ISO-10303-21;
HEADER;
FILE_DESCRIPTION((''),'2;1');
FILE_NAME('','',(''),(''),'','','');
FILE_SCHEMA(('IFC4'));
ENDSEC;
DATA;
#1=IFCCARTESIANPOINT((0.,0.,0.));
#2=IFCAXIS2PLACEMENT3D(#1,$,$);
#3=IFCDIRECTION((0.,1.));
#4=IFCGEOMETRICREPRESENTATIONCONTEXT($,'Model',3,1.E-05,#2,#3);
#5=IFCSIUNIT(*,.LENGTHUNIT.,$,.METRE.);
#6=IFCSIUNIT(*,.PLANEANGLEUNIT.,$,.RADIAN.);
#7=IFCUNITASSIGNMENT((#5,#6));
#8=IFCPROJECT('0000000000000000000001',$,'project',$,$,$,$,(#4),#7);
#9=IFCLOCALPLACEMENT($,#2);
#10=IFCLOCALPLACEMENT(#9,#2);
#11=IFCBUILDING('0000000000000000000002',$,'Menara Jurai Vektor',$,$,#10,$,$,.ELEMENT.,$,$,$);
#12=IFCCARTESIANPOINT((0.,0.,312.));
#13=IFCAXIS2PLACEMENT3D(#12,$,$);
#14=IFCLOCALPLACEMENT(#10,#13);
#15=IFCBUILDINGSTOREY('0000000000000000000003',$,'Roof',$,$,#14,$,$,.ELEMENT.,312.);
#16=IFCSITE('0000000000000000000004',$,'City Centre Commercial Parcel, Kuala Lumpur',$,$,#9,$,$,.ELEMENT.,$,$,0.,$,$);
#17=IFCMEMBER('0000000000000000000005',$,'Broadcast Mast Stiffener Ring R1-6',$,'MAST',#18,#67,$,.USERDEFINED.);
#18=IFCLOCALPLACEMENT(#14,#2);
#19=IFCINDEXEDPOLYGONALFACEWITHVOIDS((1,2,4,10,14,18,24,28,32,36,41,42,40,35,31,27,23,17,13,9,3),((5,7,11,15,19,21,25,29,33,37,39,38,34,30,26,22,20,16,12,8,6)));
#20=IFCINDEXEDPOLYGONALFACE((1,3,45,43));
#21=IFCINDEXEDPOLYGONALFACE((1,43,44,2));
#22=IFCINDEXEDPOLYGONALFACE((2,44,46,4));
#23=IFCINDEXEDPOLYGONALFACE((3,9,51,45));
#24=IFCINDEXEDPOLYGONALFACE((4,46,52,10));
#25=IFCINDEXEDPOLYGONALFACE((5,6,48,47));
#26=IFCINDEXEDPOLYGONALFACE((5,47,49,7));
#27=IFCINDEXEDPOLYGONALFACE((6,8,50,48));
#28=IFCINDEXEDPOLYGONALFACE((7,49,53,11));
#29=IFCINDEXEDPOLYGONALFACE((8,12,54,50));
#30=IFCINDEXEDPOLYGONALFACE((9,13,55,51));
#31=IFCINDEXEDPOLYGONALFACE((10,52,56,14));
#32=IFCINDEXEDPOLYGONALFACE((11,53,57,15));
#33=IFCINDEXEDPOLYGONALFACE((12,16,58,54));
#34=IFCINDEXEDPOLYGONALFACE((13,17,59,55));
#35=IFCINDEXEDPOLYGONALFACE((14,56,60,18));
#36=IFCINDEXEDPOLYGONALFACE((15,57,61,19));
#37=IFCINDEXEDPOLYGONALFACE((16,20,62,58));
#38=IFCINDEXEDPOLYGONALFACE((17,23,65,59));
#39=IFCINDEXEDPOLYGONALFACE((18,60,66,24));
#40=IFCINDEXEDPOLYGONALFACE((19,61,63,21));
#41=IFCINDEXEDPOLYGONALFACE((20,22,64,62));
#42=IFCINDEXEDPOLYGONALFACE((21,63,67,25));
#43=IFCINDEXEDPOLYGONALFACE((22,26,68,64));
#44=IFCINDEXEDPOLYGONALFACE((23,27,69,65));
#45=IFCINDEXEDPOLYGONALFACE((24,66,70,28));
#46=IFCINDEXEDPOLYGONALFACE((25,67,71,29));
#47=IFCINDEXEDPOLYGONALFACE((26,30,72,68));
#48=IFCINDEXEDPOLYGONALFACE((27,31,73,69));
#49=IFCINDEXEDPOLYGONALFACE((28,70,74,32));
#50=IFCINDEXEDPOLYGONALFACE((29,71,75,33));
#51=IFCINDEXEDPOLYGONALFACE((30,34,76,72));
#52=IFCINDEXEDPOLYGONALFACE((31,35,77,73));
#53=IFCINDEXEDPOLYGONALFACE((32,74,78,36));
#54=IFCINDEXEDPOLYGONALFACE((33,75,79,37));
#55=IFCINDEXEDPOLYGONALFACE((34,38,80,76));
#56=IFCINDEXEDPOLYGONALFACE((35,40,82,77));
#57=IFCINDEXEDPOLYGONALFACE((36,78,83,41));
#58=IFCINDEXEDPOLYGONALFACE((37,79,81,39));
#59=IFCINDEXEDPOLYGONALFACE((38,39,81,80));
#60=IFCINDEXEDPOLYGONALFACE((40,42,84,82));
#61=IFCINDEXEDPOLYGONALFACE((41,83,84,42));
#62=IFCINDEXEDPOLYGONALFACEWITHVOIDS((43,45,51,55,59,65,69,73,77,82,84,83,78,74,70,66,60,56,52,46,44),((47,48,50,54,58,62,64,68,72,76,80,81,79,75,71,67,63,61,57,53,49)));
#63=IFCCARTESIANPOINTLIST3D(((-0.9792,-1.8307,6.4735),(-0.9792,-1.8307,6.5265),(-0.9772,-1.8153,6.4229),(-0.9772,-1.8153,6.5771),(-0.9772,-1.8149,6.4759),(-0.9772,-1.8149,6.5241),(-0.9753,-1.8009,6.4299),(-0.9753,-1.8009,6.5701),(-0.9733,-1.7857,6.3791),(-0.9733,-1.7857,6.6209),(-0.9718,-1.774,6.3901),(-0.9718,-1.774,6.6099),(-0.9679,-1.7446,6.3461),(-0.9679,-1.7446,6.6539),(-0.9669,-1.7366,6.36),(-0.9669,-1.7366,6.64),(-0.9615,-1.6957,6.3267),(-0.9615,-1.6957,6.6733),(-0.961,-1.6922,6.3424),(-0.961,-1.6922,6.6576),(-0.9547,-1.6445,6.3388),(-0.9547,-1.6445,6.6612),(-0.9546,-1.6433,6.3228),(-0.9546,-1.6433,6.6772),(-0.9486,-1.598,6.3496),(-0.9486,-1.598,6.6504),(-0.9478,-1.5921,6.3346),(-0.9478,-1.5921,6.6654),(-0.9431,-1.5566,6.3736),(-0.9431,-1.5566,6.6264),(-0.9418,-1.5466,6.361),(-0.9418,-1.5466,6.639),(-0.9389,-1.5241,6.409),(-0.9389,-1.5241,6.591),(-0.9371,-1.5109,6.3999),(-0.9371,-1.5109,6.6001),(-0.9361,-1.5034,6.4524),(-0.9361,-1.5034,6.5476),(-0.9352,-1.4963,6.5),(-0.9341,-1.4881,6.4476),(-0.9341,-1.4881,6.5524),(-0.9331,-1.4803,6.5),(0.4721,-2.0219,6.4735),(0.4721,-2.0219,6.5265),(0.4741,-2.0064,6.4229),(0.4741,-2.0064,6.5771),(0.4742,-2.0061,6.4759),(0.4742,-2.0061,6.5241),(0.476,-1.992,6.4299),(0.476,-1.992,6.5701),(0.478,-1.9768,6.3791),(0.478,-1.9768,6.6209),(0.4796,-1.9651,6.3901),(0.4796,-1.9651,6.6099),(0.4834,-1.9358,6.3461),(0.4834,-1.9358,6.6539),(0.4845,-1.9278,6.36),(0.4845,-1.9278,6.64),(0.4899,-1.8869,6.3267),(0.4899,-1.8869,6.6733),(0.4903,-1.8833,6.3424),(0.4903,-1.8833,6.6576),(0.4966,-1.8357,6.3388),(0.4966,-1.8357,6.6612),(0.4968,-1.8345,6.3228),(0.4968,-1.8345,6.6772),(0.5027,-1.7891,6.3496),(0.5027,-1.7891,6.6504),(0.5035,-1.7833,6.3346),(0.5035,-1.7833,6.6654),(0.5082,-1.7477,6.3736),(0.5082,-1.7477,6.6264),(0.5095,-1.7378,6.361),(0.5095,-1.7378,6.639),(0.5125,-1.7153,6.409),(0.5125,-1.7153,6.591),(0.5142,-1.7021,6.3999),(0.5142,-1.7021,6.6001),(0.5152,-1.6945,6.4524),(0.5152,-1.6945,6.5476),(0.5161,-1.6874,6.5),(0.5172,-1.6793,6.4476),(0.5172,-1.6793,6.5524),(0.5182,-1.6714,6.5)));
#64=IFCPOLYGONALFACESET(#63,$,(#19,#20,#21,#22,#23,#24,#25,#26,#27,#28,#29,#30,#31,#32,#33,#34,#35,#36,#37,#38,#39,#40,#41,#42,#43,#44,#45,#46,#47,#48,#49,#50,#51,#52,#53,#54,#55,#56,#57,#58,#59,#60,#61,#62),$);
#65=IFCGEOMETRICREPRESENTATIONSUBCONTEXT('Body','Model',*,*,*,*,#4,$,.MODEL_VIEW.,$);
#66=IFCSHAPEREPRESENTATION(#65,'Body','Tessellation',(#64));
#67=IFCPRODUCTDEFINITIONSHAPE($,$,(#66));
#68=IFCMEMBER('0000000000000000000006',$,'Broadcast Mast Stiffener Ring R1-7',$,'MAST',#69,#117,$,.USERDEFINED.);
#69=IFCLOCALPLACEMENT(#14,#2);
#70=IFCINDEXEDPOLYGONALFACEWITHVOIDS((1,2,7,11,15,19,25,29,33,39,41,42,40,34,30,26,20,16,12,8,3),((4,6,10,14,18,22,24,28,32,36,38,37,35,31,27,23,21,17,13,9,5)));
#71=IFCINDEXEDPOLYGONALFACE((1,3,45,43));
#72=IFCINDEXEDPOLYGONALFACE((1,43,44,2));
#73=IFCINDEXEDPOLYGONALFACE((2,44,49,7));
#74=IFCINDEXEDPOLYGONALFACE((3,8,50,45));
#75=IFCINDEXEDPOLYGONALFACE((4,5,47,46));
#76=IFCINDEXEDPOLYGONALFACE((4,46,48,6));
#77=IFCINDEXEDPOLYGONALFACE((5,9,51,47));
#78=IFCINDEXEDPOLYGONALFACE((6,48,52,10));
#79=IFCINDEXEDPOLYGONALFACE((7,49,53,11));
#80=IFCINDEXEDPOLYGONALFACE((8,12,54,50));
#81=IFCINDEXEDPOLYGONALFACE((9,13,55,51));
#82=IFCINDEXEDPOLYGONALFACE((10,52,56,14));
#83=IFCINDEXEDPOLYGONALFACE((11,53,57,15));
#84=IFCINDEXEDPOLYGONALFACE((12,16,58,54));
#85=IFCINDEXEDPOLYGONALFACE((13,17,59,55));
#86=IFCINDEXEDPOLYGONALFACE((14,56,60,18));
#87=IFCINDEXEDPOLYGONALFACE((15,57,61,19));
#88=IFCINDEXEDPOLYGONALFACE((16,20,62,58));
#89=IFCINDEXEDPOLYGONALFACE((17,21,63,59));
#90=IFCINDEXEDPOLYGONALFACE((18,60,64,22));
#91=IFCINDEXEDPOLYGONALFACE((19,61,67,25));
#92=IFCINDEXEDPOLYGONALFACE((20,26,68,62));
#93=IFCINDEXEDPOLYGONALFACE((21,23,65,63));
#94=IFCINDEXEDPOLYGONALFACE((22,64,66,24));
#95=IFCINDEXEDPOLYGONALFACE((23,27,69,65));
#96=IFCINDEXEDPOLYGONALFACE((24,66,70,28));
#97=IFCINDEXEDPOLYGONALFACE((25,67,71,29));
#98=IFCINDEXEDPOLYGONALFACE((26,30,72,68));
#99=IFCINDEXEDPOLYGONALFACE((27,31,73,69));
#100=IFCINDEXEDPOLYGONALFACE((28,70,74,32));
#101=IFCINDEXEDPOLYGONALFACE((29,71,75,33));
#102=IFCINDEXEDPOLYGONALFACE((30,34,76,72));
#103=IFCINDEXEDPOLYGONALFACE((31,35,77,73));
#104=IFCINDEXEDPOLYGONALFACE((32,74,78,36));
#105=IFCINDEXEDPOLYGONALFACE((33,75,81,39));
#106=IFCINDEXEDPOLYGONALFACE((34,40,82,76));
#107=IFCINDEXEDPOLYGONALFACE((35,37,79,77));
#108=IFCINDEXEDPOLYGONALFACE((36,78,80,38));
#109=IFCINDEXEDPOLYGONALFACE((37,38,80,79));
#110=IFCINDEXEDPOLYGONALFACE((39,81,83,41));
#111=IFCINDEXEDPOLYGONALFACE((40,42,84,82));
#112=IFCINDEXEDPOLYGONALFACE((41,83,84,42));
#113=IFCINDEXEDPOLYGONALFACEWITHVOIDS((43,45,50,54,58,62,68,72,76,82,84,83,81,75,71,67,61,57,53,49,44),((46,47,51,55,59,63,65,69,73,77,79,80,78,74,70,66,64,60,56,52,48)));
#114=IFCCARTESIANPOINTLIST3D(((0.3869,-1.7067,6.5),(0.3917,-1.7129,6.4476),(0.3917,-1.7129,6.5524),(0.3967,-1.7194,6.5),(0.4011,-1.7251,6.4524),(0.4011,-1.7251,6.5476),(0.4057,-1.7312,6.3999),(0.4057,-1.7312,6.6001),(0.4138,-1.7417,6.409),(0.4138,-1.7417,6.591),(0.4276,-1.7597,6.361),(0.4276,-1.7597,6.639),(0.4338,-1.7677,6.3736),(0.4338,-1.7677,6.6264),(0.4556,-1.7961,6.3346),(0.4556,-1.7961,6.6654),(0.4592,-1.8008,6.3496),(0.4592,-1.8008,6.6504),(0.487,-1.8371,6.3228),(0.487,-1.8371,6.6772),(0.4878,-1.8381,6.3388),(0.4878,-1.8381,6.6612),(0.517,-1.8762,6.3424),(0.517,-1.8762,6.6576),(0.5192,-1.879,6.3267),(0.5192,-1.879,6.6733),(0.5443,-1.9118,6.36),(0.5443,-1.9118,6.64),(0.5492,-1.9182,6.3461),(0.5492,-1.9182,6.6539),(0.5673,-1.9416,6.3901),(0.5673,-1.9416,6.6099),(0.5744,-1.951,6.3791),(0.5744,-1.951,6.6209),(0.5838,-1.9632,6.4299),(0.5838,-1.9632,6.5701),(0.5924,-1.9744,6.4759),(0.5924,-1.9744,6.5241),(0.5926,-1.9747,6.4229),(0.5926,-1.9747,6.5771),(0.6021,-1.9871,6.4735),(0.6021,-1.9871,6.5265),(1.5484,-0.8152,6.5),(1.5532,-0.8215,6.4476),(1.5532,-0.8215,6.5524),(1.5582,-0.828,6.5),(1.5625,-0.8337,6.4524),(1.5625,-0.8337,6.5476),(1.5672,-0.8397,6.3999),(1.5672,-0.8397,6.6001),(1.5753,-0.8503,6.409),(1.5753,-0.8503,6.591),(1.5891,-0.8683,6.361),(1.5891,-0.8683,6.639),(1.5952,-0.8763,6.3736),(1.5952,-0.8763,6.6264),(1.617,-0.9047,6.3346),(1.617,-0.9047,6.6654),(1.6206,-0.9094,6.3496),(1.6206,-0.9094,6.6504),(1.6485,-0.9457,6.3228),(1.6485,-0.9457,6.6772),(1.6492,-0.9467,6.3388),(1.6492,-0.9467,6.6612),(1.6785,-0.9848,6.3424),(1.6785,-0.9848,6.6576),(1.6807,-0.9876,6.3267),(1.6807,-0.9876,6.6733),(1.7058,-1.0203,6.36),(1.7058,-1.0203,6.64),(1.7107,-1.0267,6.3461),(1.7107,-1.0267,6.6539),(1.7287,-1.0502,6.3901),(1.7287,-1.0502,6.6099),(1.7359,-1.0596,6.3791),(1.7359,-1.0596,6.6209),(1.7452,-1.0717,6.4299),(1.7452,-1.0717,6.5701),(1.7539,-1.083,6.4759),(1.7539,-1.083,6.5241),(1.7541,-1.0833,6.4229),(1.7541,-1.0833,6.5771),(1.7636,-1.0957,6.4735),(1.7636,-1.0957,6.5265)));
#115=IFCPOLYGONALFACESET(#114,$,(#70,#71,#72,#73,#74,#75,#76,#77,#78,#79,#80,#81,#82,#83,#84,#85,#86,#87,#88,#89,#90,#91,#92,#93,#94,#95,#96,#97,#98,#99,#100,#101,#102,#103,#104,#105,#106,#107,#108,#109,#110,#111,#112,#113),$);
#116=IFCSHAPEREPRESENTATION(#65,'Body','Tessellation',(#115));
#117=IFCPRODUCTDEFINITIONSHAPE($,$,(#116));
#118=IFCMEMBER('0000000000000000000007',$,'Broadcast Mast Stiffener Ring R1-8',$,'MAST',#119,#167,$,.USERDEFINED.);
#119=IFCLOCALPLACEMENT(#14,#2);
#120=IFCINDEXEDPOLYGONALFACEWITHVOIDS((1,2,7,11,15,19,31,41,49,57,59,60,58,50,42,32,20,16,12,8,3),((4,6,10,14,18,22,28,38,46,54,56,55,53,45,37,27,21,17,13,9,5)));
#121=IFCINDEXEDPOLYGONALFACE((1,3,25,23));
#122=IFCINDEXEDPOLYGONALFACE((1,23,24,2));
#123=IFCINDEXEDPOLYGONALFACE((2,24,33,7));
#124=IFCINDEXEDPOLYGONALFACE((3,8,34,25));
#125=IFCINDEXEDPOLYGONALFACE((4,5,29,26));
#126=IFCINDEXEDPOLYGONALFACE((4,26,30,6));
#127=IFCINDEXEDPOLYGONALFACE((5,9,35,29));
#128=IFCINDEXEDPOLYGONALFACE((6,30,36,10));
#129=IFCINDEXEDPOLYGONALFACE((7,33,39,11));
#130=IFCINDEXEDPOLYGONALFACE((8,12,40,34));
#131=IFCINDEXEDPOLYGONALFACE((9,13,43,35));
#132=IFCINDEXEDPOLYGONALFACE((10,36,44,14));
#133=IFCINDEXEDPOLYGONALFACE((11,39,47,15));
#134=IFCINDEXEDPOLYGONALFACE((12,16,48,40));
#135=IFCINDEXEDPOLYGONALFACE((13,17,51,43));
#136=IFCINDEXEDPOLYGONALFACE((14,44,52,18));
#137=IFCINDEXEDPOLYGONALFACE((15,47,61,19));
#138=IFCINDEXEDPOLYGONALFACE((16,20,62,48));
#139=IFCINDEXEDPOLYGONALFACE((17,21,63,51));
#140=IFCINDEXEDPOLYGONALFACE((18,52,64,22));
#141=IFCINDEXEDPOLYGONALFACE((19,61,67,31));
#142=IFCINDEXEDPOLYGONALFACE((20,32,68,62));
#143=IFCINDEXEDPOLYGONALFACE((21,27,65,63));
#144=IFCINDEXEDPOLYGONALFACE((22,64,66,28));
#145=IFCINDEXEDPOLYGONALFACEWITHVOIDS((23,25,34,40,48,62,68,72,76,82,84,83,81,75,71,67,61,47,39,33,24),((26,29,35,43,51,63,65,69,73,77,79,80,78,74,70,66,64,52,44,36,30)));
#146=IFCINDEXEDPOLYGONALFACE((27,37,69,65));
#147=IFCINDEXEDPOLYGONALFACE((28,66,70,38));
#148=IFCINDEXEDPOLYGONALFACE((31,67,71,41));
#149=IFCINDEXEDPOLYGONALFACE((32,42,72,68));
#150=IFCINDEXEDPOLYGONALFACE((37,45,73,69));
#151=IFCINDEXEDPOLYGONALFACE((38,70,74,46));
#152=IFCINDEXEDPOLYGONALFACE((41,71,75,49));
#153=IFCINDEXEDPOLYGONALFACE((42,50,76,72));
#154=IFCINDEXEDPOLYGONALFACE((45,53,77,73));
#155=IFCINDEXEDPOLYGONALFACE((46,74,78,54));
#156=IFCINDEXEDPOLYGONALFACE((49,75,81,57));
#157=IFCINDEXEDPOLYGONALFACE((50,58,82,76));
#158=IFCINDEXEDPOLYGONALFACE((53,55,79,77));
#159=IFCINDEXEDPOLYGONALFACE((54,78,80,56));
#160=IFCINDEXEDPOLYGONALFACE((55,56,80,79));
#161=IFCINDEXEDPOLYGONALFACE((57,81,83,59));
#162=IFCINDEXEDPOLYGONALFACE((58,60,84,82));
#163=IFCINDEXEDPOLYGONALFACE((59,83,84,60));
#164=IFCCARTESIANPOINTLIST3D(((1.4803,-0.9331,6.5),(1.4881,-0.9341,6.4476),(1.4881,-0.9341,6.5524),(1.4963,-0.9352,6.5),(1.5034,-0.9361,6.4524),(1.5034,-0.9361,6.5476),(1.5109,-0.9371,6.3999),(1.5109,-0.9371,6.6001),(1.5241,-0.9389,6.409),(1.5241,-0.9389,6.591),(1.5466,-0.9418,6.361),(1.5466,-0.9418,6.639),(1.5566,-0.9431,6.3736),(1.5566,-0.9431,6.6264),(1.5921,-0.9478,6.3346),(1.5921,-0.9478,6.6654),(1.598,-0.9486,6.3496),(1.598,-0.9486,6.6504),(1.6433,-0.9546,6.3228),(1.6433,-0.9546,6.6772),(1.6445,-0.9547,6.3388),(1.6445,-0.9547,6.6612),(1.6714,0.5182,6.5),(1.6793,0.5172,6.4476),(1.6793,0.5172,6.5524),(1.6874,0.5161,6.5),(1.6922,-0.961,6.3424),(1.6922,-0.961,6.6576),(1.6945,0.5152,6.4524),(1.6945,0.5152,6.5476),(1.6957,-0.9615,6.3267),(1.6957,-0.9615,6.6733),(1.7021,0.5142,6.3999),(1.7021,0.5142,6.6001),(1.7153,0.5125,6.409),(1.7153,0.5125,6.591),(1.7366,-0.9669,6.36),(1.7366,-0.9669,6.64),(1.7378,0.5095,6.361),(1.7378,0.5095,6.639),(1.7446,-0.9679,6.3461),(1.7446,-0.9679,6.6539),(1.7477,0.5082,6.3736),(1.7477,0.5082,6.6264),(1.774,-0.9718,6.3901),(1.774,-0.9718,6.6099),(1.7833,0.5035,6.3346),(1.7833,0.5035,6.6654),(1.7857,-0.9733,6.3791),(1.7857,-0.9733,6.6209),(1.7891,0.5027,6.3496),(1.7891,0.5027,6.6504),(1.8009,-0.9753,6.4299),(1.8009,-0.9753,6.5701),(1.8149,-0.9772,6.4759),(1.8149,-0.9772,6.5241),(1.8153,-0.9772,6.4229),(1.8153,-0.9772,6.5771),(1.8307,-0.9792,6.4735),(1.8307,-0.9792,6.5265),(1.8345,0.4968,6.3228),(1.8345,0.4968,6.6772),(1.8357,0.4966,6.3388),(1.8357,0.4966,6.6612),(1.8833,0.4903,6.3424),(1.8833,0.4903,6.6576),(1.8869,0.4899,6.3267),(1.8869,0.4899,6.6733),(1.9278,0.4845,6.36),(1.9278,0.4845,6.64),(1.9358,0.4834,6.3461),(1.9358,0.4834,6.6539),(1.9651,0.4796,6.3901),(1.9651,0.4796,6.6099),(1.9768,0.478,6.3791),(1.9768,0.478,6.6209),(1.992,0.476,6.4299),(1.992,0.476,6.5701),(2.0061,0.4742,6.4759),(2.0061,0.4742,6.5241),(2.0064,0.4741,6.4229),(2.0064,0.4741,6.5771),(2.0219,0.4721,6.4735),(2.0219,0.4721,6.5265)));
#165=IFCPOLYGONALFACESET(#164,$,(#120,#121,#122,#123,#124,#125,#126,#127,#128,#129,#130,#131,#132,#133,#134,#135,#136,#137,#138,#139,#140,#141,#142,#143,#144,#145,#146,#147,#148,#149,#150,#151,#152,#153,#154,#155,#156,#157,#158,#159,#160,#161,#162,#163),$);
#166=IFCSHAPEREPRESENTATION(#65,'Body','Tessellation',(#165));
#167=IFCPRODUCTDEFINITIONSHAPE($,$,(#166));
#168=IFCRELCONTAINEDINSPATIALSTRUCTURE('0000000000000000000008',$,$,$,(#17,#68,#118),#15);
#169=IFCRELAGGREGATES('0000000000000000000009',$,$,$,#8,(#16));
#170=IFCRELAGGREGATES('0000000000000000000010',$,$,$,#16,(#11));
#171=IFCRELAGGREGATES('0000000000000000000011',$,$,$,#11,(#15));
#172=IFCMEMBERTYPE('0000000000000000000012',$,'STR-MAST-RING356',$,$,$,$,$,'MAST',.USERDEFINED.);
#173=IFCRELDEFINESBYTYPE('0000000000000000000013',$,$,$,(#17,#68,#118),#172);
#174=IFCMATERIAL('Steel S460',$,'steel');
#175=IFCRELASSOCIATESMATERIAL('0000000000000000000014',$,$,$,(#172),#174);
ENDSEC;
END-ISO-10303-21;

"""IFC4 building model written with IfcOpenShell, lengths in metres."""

from ifc_helpers import new_model, si_unit, direction, frame, origin, origin_2d, place, context, subcontext, project, spatial, hollow_circle, extrude, material, material_profile, profile_set, type_object, element, save


model = new_model("IFC4")

# Units and contexts
model_context = context("Model", 3, precision=1e-05, world=origin(), true_north=direction((0.0, 1.0)))
body_context = subcontext(model_context, "Body", "Model", "MODEL_VIEW")
ifc_project = project(units=[si_unit("LENGTHUNIT", "METRE"), si_unit("PLANEANGLEUNIT", "RADIAN")], contexts=[model_context])

# Site, building, storey
site_placement = place(None, origin())
site = spatial("IfcSite", under=ifc_project, at=site_placement, Name="City Centre Commercial Parcel, Kuala Lumpur", CompositionType="ELEMENT", RefElevation=0.0)
building_placement = place(site_placement, origin())
building = spatial("IfcBuilding", under=site, at=building_placement, Name="Menara Jurai Vektor", CompositionType="ELEMENT")
storey_placement = place(building_placement, frame((0.0, 0.0, 312.0)))
storey = spatial("IfcBuildingStorey", under=building, at=storey_placement, Name="Roof", CompositionType="ELEMENT", Elevation=312.0)

# Members
ifc_material = material(Name="Steel S460", Category="steel")
ifc_material_profile_1 = material_profile(ifc_material, hollow_circle(Radius=0.1777, WallThickness=0.0161, at=origin_2d()), Name="CHS 355.6x16")
ifc_profile_set_1 = profile_set([ifc_material_profile_1], Name="Steel S460")
member_type_1 = type_object("IfcMemberType", Name="STR-MAST-RING356", ElementType="MAST", PredefinedType="USERDEFINED", material=ifc_profile_set_1)
member_1_placement = place(storey_placement, frame((-0.9563, -1.6565, 6.5), z_axis=(0.991438, -0.13058, 0.0), x_axis=(0.13058, 0.991438, 0.0)))
element("IfcMember", 1, at=member_1_placement, inside=storey, type_object=member_type_1, Name="Broadcast Mast Stiffener Ring R1-6", ObjectType="MAST", PredefinedType="USERDEFINED", context=body_context, shape_type="SweptSolid", body=[
    extrude(hollow_circle(Radius=0.1777, WallThickness=0.0161, at=origin_2d()), origin(), (0.0, 0.0, 1.0), 1.4639),
])
member_2_placement = place(storey_placement, frame((0.4951, -1.8477, 6.5), z_axis=(0.793287, 0.608848, 0.0), x_axis=(-0.608848, 0.793287, 0.0)))
element("IfcMember", 2, at=member_2_placement, inside=storey, type_object=member_type_1, Name="Broadcast Mast Stiffener Ring R1-7", ObjectType="MAST", PredefinedType="USERDEFINED", context=body_context, shape_type="SweptSolid", body=[
    extrude(hollow_circle(Radius=0.1777, WallThickness=0.0161, at=origin_2d()), origin(), (0.0, 0.0, 1.0), 1.4641),
])
member_3_placement = place(storey_placement, frame((1.6565, -0.9563, 6.5), z_axis=(0.13058, 0.991438, 0.0), x_axis=(-0.991438, 0.13058, 0.0)))
element("IfcMember", 3, at=member_3_placement, inside=storey, type_object=member_type_1, Name="Broadcast Mast Stiffener Ring R1-8", ObjectType="MAST", PredefinedType="USERDEFINED", context=body_context, shape_type="SweptSolid", body=[
    extrude(hollow_circle(Radius=0.1777, WallThickness=0.0161, at=origin_2d()), origin(), (0.0, 0.0, 1.0), 1.4639),
])

save(model, "model.ifc")
